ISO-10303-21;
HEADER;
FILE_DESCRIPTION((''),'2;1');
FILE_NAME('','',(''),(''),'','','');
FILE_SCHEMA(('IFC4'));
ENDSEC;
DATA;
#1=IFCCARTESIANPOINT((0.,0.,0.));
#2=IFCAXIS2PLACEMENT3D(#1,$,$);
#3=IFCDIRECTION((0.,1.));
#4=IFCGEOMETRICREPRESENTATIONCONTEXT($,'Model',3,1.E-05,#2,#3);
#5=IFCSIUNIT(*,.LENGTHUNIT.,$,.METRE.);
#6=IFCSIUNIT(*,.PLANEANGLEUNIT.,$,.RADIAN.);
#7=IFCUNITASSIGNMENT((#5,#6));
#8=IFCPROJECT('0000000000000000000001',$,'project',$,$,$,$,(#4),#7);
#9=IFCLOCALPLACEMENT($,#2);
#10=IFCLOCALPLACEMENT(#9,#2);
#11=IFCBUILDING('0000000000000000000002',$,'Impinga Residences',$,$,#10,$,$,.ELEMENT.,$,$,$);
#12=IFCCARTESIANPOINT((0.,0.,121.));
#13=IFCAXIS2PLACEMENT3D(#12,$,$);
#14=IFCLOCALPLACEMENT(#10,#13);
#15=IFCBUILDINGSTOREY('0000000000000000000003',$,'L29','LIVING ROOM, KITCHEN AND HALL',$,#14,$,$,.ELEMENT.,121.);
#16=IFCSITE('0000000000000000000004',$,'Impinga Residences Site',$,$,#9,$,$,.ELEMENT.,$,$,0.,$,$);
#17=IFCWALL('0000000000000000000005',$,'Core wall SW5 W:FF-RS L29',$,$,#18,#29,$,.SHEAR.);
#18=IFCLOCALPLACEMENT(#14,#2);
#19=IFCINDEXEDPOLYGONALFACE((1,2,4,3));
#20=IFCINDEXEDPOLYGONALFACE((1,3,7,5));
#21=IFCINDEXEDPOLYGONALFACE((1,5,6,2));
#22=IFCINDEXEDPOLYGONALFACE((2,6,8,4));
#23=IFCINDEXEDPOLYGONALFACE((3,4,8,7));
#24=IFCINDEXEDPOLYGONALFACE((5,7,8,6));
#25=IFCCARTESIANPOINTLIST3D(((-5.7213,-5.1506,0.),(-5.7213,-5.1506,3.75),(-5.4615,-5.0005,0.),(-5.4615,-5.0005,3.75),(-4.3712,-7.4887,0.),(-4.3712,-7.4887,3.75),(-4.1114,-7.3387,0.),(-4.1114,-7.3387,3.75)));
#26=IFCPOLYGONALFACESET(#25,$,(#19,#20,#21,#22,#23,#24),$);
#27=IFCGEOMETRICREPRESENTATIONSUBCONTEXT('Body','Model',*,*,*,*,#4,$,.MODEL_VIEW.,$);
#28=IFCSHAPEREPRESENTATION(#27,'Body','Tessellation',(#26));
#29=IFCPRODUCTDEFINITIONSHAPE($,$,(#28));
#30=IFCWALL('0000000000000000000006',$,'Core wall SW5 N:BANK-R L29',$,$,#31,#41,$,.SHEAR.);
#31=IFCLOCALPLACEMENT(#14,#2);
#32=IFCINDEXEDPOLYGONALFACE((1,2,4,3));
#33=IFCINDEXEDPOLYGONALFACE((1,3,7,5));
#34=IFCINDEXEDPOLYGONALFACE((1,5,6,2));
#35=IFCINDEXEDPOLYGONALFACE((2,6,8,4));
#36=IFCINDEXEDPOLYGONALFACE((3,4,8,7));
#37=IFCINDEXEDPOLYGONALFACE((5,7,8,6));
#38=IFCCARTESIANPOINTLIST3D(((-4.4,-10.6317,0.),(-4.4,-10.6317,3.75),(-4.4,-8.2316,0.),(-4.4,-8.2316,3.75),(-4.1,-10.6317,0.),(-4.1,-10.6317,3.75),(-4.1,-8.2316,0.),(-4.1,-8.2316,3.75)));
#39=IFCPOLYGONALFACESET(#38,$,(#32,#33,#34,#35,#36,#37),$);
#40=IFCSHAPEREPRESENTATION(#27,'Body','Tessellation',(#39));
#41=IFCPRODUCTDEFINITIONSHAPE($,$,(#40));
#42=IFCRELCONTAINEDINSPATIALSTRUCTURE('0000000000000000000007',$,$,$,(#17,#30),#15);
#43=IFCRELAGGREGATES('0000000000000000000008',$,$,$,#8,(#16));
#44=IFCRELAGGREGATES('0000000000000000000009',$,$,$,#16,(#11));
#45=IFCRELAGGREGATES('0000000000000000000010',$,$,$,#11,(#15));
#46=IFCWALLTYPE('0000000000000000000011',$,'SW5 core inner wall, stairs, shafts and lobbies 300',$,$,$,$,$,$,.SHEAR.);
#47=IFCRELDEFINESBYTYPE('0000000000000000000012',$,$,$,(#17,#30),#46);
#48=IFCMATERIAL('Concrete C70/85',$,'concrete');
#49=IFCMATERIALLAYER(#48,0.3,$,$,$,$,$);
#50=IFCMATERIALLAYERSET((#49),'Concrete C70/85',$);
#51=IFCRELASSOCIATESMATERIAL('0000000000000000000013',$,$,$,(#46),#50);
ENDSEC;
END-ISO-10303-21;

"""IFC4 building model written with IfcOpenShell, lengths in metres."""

from ifc_helpers import new_model, si_unit, direction, frame, frame_2d, origin, place, context, subcontext, project, spatial, rectangle, extrude, material, layer, layer_set, type_object, element, save


model = new_model("IFC4")

# Units and contexts
model_context = context("Model", 3, precision=1e-05, world=origin(), true_north=direction((0.0, 1.0)))
body_context = subcontext(model_context, "Body", "Model", "MODEL_VIEW")
ifc_project = project(units=[si_unit("LENGTHUNIT", "METRE"), si_unit("PLANEANGLEUNIT", "RADIAN")], contexts=[model_context])

# Site, building, storey
site_placement = place(None, origin())
site = spatial("IfcSite", under=ifc_project, at=site_placement, Name="Impinga Residences Site", CompositionType="ELEMENT", RefElevation=0.0)
building_placement = place(site_placement, origin())
building = spatial("IfcBuilding", under=site, at=building_placement, Name="Impinga Residences", CompositionType="ELEMENT")
storey_placement = place(building_placement, frame((0.0, 0.0, 121.0)))
storey = spatial("IfcBuildingStorey", under=building, at=storey_placement, Name="L29", Description="LIVING ROOM, KITCHEN AND HALL", CompositionType="ELEMENT", Elevation=121.0)

# Walls
ifc_material_1 = material(Name="Concrete C70/85", Category="concrete")
ifc_layer_1 = layer(ifc_material_1, 0.3)
ifc_layer_set_1 = layer_set([ifc_layer_1], Name="Concrete C70/85")
wall_type_1 = type_object("IfcWallType", Name="SW5 core inner wall, stairs, shafts and lobbies 300", PredefinedType="SHEAR", material=ifc_layer_set_1)
wall_1_placement = place(storey_placement, frame((-4.2412, -7.4138, 0.0), z_axis=(0.0, 0.0, 1.0), x_axis=(-0.500049, 0.865997, 0.0)))
element("IfcWall", 1, at=wall_1_placement, inside=storey, type_object=wall_type_1, Name="Core wall SW5 W:FF-RS L29", PredefinedType="SHEAR", context=body_context, shape_type="SweptSolid", body=[
    extrude(rectangle(XDim=2.7, YDim=0.3, at=frame_2d((1.3501, 0.0))), origin(), (0.0, 0.0, 1.0), 3.75),
])
wall_2_placement = place(storey_placement, frame((-4.25, -8.2314, 0.0), z_axis=(0.0, 0.0, 1.0), x_axis=(0.0, -1.0, 0.0)))
element("IfcWall", 2, at=wall_2_placement, inside=storey, type_object=wall_type_1, Name="Core wall SW5 N:BANK-R L29", PredefinedType="SHEAR", context=body_context, shape_type="SweptSolid", body=[
    extrude(rectangle(XDim=2.4001, YDim=0.3, at=frame_2d((1.2002, 0.0))), origin(), (0.0, 0.0, 1.0), 3.75),
])

save(model, "model.ifc")
